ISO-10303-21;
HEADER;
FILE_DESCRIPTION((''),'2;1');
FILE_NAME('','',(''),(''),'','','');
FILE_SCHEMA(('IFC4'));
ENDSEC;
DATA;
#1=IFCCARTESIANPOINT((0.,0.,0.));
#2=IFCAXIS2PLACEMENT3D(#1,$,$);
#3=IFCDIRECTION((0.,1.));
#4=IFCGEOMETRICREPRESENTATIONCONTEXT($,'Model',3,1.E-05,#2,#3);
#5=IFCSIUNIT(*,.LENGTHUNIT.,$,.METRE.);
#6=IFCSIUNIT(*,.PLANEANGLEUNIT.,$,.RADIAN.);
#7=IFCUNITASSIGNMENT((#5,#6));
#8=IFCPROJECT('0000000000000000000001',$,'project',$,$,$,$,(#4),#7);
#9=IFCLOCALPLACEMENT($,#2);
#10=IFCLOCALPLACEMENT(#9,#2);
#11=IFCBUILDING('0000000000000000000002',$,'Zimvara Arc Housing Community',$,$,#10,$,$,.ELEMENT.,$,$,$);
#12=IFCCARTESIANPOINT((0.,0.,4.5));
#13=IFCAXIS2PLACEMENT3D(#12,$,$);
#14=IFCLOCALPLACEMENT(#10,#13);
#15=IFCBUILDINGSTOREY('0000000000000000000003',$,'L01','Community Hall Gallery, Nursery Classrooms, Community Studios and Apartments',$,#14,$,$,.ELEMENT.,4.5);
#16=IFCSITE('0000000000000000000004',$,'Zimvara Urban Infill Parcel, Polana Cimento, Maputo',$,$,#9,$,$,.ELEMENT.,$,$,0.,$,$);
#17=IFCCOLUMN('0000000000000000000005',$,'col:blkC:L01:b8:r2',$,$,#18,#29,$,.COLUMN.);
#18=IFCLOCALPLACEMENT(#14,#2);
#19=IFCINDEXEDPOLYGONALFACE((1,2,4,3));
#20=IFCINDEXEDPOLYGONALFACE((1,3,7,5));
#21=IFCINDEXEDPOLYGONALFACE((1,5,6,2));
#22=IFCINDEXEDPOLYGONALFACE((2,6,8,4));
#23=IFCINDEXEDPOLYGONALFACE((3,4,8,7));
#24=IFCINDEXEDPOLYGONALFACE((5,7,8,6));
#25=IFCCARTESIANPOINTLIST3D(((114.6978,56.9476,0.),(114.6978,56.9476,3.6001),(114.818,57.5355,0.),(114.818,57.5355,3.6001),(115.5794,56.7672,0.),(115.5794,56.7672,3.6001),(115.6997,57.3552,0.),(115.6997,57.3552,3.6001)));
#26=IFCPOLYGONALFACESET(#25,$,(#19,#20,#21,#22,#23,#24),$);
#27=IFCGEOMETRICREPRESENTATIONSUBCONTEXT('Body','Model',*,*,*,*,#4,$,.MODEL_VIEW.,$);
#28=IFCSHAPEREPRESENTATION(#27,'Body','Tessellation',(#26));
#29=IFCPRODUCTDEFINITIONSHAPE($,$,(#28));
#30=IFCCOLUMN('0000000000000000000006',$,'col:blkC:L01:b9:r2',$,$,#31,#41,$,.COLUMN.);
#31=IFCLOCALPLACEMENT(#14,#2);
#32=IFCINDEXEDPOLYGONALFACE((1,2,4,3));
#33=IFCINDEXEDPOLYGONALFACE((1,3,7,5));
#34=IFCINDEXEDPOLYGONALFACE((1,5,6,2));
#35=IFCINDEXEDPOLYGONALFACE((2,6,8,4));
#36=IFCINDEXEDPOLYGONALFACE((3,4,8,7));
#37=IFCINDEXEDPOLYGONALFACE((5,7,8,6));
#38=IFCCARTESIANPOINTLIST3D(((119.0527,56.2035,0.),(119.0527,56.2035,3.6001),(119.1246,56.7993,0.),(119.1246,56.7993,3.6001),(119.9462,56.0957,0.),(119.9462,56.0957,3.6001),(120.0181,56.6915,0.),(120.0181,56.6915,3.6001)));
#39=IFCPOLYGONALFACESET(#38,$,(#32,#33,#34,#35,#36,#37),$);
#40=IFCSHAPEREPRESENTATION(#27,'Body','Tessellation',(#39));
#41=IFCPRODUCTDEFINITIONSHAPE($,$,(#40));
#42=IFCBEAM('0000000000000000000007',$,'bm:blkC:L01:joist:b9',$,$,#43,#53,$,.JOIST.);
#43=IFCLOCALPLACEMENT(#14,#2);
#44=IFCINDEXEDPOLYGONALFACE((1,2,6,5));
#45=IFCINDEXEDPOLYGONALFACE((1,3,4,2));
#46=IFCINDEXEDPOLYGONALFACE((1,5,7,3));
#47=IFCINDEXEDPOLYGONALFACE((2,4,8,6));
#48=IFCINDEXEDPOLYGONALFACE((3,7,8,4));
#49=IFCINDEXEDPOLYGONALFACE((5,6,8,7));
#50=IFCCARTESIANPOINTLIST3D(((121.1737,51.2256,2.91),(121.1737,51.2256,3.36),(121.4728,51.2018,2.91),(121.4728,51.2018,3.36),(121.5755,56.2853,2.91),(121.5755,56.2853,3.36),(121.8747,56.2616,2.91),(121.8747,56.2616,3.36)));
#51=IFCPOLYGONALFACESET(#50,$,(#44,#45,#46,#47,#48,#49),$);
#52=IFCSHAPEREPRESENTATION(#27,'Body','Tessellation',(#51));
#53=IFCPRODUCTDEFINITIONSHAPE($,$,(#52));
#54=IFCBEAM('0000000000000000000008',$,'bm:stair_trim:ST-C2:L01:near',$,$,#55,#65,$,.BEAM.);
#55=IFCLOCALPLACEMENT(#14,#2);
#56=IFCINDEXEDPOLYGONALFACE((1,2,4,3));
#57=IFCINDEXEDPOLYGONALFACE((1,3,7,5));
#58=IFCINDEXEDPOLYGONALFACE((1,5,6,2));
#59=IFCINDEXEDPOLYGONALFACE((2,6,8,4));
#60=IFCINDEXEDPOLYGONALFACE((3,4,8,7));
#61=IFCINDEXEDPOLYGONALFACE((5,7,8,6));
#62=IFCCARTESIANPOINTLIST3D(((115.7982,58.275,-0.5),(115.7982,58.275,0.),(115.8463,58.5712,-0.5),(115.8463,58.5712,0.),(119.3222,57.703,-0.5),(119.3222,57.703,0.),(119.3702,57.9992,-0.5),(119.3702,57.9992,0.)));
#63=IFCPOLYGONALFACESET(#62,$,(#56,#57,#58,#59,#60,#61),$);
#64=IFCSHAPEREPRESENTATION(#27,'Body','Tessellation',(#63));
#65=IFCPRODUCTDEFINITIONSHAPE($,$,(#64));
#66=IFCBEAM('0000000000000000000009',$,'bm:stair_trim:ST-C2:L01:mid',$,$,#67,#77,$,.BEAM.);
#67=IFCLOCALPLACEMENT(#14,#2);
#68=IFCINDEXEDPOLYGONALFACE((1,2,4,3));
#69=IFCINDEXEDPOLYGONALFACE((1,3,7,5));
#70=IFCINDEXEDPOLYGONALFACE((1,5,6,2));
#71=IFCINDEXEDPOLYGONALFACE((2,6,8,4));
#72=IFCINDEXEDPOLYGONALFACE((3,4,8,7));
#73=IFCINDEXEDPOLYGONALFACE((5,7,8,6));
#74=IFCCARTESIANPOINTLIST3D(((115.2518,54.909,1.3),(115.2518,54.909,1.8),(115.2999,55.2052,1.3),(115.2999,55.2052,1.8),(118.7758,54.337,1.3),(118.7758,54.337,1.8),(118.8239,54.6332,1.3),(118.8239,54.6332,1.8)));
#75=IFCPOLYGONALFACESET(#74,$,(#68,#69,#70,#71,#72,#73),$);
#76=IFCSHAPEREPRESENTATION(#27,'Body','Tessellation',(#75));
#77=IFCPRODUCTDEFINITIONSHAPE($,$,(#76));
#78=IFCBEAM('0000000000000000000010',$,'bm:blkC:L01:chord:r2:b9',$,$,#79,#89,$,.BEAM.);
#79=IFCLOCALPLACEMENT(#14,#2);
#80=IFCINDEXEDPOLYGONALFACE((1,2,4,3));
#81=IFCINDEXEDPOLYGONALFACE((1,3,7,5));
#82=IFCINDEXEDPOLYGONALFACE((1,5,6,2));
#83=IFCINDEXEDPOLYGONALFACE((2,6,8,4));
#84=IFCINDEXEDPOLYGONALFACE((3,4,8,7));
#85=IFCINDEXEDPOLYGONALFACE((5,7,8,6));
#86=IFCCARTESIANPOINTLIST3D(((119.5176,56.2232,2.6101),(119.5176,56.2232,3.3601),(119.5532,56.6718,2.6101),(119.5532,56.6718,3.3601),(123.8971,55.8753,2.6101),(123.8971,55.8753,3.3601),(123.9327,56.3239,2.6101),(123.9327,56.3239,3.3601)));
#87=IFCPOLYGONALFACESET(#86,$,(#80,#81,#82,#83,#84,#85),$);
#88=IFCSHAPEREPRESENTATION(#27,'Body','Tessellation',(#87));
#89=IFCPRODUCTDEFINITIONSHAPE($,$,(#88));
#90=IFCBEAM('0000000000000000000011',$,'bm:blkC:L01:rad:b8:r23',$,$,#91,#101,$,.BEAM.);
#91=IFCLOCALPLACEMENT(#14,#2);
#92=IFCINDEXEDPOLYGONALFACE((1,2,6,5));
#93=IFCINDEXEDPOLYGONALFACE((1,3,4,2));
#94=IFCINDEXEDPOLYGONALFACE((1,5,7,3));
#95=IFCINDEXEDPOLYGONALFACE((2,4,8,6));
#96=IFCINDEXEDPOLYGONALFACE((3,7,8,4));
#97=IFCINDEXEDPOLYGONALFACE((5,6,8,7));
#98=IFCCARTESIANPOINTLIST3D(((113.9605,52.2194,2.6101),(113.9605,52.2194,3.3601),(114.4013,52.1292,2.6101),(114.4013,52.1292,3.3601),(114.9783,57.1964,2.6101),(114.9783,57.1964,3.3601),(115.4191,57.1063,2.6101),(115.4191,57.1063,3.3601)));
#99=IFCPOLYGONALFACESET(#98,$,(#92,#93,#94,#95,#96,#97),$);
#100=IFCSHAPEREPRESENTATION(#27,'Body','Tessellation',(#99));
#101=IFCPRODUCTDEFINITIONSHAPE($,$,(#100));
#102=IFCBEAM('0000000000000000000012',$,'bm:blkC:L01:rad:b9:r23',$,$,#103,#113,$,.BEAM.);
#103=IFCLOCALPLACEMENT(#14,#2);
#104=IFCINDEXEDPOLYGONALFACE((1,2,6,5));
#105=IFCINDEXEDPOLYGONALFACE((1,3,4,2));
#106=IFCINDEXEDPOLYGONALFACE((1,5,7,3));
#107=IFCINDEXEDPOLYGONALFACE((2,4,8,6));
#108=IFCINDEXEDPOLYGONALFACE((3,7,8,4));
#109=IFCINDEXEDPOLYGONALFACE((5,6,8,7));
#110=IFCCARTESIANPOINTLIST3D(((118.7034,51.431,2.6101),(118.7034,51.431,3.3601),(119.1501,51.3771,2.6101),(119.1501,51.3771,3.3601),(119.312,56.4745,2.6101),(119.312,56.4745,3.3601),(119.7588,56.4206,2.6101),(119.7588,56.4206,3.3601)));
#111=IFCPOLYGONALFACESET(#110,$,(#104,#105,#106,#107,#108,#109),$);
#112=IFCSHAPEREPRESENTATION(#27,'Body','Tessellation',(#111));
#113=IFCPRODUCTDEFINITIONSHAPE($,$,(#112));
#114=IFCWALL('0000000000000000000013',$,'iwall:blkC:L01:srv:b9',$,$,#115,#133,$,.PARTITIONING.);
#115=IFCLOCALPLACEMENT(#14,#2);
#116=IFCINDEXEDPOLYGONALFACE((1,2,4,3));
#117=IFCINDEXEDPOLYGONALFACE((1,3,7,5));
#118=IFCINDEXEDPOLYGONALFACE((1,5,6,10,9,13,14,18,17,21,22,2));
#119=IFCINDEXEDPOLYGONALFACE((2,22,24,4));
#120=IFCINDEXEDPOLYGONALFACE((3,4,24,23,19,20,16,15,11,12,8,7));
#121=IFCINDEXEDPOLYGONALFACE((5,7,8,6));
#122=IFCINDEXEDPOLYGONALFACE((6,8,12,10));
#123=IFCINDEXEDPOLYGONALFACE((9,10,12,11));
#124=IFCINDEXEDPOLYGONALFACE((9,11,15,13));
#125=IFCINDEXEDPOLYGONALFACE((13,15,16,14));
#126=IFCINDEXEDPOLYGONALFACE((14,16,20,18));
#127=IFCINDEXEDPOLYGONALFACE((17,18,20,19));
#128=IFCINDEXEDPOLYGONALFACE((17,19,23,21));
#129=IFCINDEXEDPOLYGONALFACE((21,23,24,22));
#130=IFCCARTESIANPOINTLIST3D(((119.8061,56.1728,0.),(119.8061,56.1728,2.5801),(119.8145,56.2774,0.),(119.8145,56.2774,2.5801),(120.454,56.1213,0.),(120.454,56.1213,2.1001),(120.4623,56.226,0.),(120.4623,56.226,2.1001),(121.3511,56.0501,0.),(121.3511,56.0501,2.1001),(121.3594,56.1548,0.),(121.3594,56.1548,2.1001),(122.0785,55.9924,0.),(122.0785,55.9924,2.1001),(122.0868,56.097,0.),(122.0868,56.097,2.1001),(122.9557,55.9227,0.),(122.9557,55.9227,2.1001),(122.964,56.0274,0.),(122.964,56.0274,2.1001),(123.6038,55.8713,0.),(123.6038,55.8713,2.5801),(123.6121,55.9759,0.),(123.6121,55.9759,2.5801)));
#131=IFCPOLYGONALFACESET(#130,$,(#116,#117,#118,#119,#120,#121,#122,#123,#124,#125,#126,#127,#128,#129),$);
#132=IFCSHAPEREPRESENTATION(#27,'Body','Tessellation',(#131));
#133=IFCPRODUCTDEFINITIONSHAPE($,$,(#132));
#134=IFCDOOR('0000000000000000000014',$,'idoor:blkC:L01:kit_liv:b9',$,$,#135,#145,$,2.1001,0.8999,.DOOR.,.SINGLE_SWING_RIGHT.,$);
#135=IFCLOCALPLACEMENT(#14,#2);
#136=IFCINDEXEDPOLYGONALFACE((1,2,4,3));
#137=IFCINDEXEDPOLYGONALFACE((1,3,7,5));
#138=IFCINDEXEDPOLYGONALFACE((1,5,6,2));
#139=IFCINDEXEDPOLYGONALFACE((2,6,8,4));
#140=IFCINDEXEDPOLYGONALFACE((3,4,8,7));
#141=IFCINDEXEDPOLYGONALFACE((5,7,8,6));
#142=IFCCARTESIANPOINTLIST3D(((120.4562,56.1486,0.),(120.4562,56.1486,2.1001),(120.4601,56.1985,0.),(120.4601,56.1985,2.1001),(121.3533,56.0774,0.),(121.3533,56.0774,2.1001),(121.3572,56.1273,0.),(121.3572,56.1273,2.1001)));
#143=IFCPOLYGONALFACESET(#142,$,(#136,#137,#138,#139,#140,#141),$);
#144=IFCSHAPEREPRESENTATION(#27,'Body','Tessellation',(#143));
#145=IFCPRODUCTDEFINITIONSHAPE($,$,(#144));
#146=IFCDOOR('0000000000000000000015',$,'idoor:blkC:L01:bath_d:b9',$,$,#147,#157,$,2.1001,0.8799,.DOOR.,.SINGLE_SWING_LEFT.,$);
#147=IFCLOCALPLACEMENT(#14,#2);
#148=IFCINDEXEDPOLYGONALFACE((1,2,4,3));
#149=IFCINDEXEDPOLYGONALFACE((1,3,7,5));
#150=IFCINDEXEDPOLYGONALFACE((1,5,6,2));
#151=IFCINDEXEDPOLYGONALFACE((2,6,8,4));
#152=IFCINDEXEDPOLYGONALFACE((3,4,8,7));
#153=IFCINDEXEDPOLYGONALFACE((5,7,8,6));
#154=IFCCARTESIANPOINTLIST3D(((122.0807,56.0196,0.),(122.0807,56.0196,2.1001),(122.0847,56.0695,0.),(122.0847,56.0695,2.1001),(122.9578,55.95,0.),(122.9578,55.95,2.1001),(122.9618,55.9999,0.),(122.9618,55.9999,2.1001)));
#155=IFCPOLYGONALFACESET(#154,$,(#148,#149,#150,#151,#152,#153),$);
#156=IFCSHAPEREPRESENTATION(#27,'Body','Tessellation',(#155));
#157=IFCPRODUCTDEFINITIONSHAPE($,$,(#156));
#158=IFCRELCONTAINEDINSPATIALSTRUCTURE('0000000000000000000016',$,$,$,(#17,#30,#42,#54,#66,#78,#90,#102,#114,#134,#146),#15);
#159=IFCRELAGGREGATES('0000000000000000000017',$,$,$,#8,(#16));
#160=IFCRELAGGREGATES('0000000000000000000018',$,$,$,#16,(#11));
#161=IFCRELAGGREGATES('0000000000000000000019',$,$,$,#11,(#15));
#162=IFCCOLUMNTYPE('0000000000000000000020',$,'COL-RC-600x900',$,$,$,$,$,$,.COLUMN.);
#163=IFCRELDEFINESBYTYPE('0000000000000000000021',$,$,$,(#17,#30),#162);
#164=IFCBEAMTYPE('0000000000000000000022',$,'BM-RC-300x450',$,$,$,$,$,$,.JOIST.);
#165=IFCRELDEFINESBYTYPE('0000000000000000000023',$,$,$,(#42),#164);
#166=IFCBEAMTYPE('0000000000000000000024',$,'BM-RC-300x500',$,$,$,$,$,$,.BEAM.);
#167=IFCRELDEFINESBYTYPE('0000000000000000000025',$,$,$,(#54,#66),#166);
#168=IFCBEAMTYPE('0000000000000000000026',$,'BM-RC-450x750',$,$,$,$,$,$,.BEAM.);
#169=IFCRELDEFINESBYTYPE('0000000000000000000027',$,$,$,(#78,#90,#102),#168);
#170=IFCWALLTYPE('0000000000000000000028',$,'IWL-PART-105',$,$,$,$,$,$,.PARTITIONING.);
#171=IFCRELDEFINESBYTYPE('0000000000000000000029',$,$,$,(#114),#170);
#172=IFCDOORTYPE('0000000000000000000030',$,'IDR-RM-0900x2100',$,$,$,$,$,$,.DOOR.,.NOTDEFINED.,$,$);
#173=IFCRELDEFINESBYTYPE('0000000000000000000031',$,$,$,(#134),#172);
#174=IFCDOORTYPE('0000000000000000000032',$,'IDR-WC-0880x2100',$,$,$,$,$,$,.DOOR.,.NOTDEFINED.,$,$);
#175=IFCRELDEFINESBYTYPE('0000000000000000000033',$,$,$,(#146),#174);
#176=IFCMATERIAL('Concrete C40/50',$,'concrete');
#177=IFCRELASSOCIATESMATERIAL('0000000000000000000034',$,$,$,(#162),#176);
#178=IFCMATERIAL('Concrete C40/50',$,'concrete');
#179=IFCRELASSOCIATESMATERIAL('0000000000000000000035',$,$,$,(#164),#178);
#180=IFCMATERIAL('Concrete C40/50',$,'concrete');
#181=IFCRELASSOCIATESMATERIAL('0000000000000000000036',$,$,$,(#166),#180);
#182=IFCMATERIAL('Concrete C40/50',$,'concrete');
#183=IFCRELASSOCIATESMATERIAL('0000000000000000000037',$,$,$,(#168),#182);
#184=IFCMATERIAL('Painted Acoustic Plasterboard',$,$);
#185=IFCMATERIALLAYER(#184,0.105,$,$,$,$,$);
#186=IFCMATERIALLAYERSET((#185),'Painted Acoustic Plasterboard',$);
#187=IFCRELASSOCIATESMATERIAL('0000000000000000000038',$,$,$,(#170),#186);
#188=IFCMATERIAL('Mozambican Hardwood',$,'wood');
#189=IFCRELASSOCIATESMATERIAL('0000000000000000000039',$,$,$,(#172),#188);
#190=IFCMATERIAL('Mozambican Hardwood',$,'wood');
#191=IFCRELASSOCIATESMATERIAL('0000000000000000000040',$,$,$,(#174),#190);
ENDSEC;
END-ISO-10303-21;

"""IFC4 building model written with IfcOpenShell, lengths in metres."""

from ifc_helpers import new_model, si_unit, direction, frame, frame_2d, origin, origin_2d, place, context, subcontext, project, spatial, rectangle, extrude, material, layer, layer_set, material_profile, profile_set, type_object, element, fill, save


model = new_model("IFC4")

# Units and contexts
model_context = context("Model", 3, precision=1e-05, world=origin(), true_north=direction((0.0, 1.0)))
body_context = subcontext(model_context, "Body", "Model", "MODEL_VIEW")
ifc_project = project(units=[si_unit("LENGTHUNIT", "METRE"), si_unit("PLANEANGLEUNIT", "RADIAN")], contexts=[model_context])

# Site, building, storey
site_placement = place(None, origin())
site = spatial("IfcSite", under=ifc_project, at=site_placement, Name="Zimvara Urban Infill Parcel, Polana Cimento, Maputo", CompositionType="ELEMENT", RefElevation=0.0)
building_placement = place(site_placement, origin())
building = spatial("IfcBuilding", under=site, at=building_placement, Name="Zimvara Arc Housing Community", CompositionType="ELEMENT")
storey_placement = place(building_placement, frame((0.0, 0.0, 4.5)))
storey = spatial("IfcBuildingStorey", under=building, at=storey_placement, Name="L01", Description="Community Hall Gallery, Nursery Classrooms, Community Studios and Apartments", CompositionType="ELEMENT", Elevation=4.5)

# Columns
ifc_material_1 = material(Name="Concrete C40/50", Category="concrete")
ifc_material_profile_1 = material_profile(ifc_material_1, rectangle(XDim=0.6001, YDim=0.8999, at=origin_2d()), Name="RC 600x900")
ifc_profile_set_1 = profile_set([ifc_material_profile_1], Name="Concrete C40/50")
column_type = type_object("IfcColumnType", Name="COL-RC-600x900", PredefinedType="COLUMN", material=ifc_profile_set_1)
for number, where, z_axis, x_axis, name in (
    (1, (115.1987, 57.1514, 0.0), (0.0, 0.0, 1.0), (-0.200394, -0.979715, 0.0), "col:blkC:L01:b8:r2"),
    (2, (119.5354, 56.4475, 0.0), (0.0, 0.0, 1.0), (-0.11979, -0.992799, 0.0), "col:blkC:L01:b9:r2"),
):
    element("IfcColumn", number, at=place(storey_placement, frame(where, z_axis=z_axis, x_axis=x_axis)), inside=storey, type_object=column_type, Name=name, PredefinedType="COLUMN", context=body_context, shape_type="SweptSolid", body=[
        extrude(rectangle(XDim=0.6001, YDim=0.8999, at=origin_2d()), origin(), (0.0, 0.0, 1.0), 3.6001),
    ])

# Beams
ifc_material_2 = material(Name="Concrete C40/50", Category="concrete")
ifc_material_profile_2 = material_profile(ifc_material_2, rectangle(XDim=0.3, YDim=0.45, at=origin_2d()), Name="RC 300x450")
ifc_profile_set_2 = profile_set([ifc_material_profile_2], Name="Concrete C40/50")
beam_type_1 = type_object("IfcBeamType", Name="BM-RC-300x450", PredefinedType="JOIST", material=ifc_profile_set_2)
beam_1_placement = place(storey_placement, frame((121.7251, 56.2734, 3.135), z_axis=(-0.079172, -0.996861, 0.0), x_axis=(0.996861, -0.079172, 0.0)))
element("IfcBeam", 3, at=beam_1_placement, inside=storey, type_object=beam_type_1, Name="bm:blkC:L01:joist:b9", PredefinedType="JOIST", context=body_context, shape_type="SweptSolid", body=[
    extrude(rectangle(XDim=0.3, YDim=0.45, at=origin_2d()), origin(), (0.0, 0.0, 1.0), 5.0757),
])
ifc_material_3 = material(Name="Concrete C40/50", Category="concrete")
ifc_material_profile_3 = material_profile(ifc_material_3, rectangle(XDim=0.3, YDim=0.5, at=origin_2d()), Name="RC 300x500")
ifc_profile_set_3 = profile_set([ifc_material_profile_3], Name="Concrete C40/50")
beam_type_2 = type_object("IfcBeamType", Name="BM-RC-300x500", PredefinedType="BEAM", material=ifc_profile_set_3)
for number, where, z_axis, x_axis, name in (
    (4, (115.8223, 58.4231, -0.25), (0.98708, -0.160228, 0.0), (0.160228, 0.98708, 0.0), "bm:stair_trim:ST-C2:L01:near"),
    (5, (115.2759, 55.0571, 1.55), (0.98708, -0.160228, 0.0), (0.160228, 0.98708, 0.0), "bm:stair_trim:ST-C2:L01:mid"),
):
    element("IfcBeam", number, at=place(storey_placement, frame(where, z_axis=z_axis, x_axis=x_axis)), inside=storey, type_object=beam_type_2, Name=name, PredefinedType="BEAM", context=body_context, shape_type="SweptSolid", body=[
        extrude(rectangle(XDim=0.3, YDim=0.5, at=origin_2d()), origin(), (0.0, 0.0, 1.0), 3.5701),
    ])
ifc_material_4 = material(Name="Concrete C40/50", Category="concrete")
ifc_material_profile_4 = material_profile(ifc_material_4, rectangle(XDim=0.45, YDim=0.75, at=origin_2d()), Name="RC 450x750")
ifc_profile_set_4 = profile_set([ifc_material_profile_4], Name="Concrete C40/50")
beam_type_3 = type_object("IfcBeamType", Name="BM-RC-450x750", PredefinedType="BEAM", material=ifc_profile_set_4)
beam_2_placement = place(storey_placement, frame((119.5354, 56.4475, 2.9851), z_axis=(0.996859, -0.079191, 0.0), x_axis=(0.079191, 0.996859, 0.0)))
element("IfcBeam", 6, at=beam_2_placement, inside=storey, type_object=beam_type_3, Name="bm:blkC:L01:chord:r2:b9", PredefinedType="BEAM", context=body_context, shape_type="SweptSolid", body=[
    extrude(rectangle(XDim=0.45, YDim=0.75, at=origin_2d()), origin(), (0.0, 0.0, 1.0), 4.3933),
])
for number, where, z_axis, x_axis, name in (
    (7, (115.1987, 57.1514, 2.9851), (-0.200356, -0.979723, 0.0), (0.979723, -0.200356, 0.0), "bm:blkC:L01:rad:b8:r23"),
    (8, (119.5354, 56.4475, 2.9851), (-0.11981, -0.992797, 0.0), (0.992797, -0.11981, 0.0), "bm:blkC:L01:rad:b9:r23"),
):
    element("IfcBeam", number, at=place(storey_placement, frame(where, z_axis=z_axis, x_axis=x_axis)), inside=storey, type_object=beam_type_3, Name=name, PredefinedType="BEAM", context=body_context, shape_type="SweptSolid", body=[
        extrude(rectangle(XDim=0.45, YDim=0.75, at=origin_2d()), origin(), (0.0, 0.0, 1.0), 5.0801),
    ])

# Wall, openings, doors
ifc_material_5 = material(Name="Painted Acoustic Plasterboard")
ifc_layer_1 = layer(ifc_material_5, 0.105)
ifc_layer_set_1 = layer_set([ifc_layer_1], Name="Painted Acoustic Plasterboard")
wall_type_1 = type_object("IfcWallType", Name="IWL-PART-105", PredefinedType="PARTITIONING", material=ifc_layer_set_1)
wall_1_placement = place(storey_placement, frame((119.8103, 56.2251, 0.0), z_axis=(0.0, 0.0, 1.0), x_axis=(0.996863, -0.079147, 0.0)))
wall_1 = element("IfcWall", 9, at=wall_1_placement, inside=storey, type_object=wall_type_1, Name="iwall:blkC:L01:srv:b9", PredefinedType="PARTITIONING", context=body_context, shape_type="SweptSolid", body=[
    extrude(rectangle(XDim=3.8096, YDim=0.105, at=frame_2d((1.9048, 0.0))), origin(), (0.0, 0.0, 1.0), 2.5801),
])
opening_1_placement = place(wall_1_placement, frame((0.6499, 0.0, 0.0)))
opening_1 = element("IfcOpeningElement", 10, at=opening_1_placement, cuts=wall_1, PredefinedType="OPENING", context=body_context, shape_type="SweptSolid", body=[
    extrude(rectangle(XDim=0.8999, YDim=2.1001, at=frame_2d((0.45, 1.05))), frame((0.0, 0.0625, 0.0), z_axis=(0.0, -1.0, 0.0), x_axis=(1.0, 0.0, 0.0)), (0.0, 0.0, 1.0), 0.125),
])
opening_2_placement = place(wall_1_placement, frame((2.2795, 0.0, 0.0)))
opening_2 = element("IfcOpeningElement", 11, at=opening_2_placement, cuts=wall_1, PredefinedType="OPENING", context=body_context, shape_type="SweptSolid", body=[
    extrude(rectangle(XDim=0.8799, YDim=2.1001, at=frame_2d((0.4399, 1.05))), frame((0.0, 0.0625, 0.0), z_axis=(0.0, -1.0, 0.0), x_axis=(1.0, 0.0, 0.0)), (0.0, 0.0, 1.0), 0.125),
])
ifc_material_6 = material(Name="Mozambican Hardwood", Category="wood")
door_type_1 = type_object("IfcDoorType", Name="IDR-RM-0900x2100", OperationType="NOTDEFINED", PredefinedType="DOOR", material=ifc_material_6)
door_1_placement = place(opening_1_placement, origin())
door_1 = element("IfcDoor", 12, at=door_1_placement, inside=storey, type_object=door_type_1, Name="idoor:blkC:L01:kit_liv:b9", OperationType="SINGLE_SWING_RIGHT", OverallHeight=2.1001, OverallWidth=0.8999, PredefinedType="DOOR", context=body_context, shape_type="SweptSolid", body=[
    extrude(rectangle(XDim=0.8999, YDim=2.1001, at=frame_2d((0.45, 1.05))), frame((0.0, 0.0249, 0.0), z_axis=(0.0, -1.0, 0.0), x_axis=(1.0, 0.0, 0.0)), (0.0, 0.0, 1.0), 0.05),
])
fill(opening_1, door_1)
ifc_material_7 = material(Name="Mozambican Hardwood", Category="wood")
door_type_2 = type_object("IfcDoorType", Name="IDR-WC-0880x2100", OperationType="NOTDEFINED", PredefinedType="DOOR", material=ifc_material_7)
door_2_placement = place(opening_2_placement, origin())
door_2 = element("IfcDoor", 13, at=door_2_placement, inside=storey, type_object=door_type_2, Name="idoor:blkC:L01:bath_d:b9", OperationType="SINGLE_SWING_LEFT", OverallHeight=2.1001, OverallWidth=0.8799, PredefinedType="DOOR", context=body_context, shape_type="SweptSolid", body=[
    extrude(rectangle(XDim=0.8799, YDim=2.1001, at=frame_2d((0.4399, 1.05))), frame((0.0, 0.0249, 0.0), z_axis=(0.0, -1.0, 0.0), x_axis=(1.0, 0.0, 0.0)), (0.0, 0.0, 1.0), 0.05),
])
fill(opening_2, door_2)

save(model, "model.ifc")
